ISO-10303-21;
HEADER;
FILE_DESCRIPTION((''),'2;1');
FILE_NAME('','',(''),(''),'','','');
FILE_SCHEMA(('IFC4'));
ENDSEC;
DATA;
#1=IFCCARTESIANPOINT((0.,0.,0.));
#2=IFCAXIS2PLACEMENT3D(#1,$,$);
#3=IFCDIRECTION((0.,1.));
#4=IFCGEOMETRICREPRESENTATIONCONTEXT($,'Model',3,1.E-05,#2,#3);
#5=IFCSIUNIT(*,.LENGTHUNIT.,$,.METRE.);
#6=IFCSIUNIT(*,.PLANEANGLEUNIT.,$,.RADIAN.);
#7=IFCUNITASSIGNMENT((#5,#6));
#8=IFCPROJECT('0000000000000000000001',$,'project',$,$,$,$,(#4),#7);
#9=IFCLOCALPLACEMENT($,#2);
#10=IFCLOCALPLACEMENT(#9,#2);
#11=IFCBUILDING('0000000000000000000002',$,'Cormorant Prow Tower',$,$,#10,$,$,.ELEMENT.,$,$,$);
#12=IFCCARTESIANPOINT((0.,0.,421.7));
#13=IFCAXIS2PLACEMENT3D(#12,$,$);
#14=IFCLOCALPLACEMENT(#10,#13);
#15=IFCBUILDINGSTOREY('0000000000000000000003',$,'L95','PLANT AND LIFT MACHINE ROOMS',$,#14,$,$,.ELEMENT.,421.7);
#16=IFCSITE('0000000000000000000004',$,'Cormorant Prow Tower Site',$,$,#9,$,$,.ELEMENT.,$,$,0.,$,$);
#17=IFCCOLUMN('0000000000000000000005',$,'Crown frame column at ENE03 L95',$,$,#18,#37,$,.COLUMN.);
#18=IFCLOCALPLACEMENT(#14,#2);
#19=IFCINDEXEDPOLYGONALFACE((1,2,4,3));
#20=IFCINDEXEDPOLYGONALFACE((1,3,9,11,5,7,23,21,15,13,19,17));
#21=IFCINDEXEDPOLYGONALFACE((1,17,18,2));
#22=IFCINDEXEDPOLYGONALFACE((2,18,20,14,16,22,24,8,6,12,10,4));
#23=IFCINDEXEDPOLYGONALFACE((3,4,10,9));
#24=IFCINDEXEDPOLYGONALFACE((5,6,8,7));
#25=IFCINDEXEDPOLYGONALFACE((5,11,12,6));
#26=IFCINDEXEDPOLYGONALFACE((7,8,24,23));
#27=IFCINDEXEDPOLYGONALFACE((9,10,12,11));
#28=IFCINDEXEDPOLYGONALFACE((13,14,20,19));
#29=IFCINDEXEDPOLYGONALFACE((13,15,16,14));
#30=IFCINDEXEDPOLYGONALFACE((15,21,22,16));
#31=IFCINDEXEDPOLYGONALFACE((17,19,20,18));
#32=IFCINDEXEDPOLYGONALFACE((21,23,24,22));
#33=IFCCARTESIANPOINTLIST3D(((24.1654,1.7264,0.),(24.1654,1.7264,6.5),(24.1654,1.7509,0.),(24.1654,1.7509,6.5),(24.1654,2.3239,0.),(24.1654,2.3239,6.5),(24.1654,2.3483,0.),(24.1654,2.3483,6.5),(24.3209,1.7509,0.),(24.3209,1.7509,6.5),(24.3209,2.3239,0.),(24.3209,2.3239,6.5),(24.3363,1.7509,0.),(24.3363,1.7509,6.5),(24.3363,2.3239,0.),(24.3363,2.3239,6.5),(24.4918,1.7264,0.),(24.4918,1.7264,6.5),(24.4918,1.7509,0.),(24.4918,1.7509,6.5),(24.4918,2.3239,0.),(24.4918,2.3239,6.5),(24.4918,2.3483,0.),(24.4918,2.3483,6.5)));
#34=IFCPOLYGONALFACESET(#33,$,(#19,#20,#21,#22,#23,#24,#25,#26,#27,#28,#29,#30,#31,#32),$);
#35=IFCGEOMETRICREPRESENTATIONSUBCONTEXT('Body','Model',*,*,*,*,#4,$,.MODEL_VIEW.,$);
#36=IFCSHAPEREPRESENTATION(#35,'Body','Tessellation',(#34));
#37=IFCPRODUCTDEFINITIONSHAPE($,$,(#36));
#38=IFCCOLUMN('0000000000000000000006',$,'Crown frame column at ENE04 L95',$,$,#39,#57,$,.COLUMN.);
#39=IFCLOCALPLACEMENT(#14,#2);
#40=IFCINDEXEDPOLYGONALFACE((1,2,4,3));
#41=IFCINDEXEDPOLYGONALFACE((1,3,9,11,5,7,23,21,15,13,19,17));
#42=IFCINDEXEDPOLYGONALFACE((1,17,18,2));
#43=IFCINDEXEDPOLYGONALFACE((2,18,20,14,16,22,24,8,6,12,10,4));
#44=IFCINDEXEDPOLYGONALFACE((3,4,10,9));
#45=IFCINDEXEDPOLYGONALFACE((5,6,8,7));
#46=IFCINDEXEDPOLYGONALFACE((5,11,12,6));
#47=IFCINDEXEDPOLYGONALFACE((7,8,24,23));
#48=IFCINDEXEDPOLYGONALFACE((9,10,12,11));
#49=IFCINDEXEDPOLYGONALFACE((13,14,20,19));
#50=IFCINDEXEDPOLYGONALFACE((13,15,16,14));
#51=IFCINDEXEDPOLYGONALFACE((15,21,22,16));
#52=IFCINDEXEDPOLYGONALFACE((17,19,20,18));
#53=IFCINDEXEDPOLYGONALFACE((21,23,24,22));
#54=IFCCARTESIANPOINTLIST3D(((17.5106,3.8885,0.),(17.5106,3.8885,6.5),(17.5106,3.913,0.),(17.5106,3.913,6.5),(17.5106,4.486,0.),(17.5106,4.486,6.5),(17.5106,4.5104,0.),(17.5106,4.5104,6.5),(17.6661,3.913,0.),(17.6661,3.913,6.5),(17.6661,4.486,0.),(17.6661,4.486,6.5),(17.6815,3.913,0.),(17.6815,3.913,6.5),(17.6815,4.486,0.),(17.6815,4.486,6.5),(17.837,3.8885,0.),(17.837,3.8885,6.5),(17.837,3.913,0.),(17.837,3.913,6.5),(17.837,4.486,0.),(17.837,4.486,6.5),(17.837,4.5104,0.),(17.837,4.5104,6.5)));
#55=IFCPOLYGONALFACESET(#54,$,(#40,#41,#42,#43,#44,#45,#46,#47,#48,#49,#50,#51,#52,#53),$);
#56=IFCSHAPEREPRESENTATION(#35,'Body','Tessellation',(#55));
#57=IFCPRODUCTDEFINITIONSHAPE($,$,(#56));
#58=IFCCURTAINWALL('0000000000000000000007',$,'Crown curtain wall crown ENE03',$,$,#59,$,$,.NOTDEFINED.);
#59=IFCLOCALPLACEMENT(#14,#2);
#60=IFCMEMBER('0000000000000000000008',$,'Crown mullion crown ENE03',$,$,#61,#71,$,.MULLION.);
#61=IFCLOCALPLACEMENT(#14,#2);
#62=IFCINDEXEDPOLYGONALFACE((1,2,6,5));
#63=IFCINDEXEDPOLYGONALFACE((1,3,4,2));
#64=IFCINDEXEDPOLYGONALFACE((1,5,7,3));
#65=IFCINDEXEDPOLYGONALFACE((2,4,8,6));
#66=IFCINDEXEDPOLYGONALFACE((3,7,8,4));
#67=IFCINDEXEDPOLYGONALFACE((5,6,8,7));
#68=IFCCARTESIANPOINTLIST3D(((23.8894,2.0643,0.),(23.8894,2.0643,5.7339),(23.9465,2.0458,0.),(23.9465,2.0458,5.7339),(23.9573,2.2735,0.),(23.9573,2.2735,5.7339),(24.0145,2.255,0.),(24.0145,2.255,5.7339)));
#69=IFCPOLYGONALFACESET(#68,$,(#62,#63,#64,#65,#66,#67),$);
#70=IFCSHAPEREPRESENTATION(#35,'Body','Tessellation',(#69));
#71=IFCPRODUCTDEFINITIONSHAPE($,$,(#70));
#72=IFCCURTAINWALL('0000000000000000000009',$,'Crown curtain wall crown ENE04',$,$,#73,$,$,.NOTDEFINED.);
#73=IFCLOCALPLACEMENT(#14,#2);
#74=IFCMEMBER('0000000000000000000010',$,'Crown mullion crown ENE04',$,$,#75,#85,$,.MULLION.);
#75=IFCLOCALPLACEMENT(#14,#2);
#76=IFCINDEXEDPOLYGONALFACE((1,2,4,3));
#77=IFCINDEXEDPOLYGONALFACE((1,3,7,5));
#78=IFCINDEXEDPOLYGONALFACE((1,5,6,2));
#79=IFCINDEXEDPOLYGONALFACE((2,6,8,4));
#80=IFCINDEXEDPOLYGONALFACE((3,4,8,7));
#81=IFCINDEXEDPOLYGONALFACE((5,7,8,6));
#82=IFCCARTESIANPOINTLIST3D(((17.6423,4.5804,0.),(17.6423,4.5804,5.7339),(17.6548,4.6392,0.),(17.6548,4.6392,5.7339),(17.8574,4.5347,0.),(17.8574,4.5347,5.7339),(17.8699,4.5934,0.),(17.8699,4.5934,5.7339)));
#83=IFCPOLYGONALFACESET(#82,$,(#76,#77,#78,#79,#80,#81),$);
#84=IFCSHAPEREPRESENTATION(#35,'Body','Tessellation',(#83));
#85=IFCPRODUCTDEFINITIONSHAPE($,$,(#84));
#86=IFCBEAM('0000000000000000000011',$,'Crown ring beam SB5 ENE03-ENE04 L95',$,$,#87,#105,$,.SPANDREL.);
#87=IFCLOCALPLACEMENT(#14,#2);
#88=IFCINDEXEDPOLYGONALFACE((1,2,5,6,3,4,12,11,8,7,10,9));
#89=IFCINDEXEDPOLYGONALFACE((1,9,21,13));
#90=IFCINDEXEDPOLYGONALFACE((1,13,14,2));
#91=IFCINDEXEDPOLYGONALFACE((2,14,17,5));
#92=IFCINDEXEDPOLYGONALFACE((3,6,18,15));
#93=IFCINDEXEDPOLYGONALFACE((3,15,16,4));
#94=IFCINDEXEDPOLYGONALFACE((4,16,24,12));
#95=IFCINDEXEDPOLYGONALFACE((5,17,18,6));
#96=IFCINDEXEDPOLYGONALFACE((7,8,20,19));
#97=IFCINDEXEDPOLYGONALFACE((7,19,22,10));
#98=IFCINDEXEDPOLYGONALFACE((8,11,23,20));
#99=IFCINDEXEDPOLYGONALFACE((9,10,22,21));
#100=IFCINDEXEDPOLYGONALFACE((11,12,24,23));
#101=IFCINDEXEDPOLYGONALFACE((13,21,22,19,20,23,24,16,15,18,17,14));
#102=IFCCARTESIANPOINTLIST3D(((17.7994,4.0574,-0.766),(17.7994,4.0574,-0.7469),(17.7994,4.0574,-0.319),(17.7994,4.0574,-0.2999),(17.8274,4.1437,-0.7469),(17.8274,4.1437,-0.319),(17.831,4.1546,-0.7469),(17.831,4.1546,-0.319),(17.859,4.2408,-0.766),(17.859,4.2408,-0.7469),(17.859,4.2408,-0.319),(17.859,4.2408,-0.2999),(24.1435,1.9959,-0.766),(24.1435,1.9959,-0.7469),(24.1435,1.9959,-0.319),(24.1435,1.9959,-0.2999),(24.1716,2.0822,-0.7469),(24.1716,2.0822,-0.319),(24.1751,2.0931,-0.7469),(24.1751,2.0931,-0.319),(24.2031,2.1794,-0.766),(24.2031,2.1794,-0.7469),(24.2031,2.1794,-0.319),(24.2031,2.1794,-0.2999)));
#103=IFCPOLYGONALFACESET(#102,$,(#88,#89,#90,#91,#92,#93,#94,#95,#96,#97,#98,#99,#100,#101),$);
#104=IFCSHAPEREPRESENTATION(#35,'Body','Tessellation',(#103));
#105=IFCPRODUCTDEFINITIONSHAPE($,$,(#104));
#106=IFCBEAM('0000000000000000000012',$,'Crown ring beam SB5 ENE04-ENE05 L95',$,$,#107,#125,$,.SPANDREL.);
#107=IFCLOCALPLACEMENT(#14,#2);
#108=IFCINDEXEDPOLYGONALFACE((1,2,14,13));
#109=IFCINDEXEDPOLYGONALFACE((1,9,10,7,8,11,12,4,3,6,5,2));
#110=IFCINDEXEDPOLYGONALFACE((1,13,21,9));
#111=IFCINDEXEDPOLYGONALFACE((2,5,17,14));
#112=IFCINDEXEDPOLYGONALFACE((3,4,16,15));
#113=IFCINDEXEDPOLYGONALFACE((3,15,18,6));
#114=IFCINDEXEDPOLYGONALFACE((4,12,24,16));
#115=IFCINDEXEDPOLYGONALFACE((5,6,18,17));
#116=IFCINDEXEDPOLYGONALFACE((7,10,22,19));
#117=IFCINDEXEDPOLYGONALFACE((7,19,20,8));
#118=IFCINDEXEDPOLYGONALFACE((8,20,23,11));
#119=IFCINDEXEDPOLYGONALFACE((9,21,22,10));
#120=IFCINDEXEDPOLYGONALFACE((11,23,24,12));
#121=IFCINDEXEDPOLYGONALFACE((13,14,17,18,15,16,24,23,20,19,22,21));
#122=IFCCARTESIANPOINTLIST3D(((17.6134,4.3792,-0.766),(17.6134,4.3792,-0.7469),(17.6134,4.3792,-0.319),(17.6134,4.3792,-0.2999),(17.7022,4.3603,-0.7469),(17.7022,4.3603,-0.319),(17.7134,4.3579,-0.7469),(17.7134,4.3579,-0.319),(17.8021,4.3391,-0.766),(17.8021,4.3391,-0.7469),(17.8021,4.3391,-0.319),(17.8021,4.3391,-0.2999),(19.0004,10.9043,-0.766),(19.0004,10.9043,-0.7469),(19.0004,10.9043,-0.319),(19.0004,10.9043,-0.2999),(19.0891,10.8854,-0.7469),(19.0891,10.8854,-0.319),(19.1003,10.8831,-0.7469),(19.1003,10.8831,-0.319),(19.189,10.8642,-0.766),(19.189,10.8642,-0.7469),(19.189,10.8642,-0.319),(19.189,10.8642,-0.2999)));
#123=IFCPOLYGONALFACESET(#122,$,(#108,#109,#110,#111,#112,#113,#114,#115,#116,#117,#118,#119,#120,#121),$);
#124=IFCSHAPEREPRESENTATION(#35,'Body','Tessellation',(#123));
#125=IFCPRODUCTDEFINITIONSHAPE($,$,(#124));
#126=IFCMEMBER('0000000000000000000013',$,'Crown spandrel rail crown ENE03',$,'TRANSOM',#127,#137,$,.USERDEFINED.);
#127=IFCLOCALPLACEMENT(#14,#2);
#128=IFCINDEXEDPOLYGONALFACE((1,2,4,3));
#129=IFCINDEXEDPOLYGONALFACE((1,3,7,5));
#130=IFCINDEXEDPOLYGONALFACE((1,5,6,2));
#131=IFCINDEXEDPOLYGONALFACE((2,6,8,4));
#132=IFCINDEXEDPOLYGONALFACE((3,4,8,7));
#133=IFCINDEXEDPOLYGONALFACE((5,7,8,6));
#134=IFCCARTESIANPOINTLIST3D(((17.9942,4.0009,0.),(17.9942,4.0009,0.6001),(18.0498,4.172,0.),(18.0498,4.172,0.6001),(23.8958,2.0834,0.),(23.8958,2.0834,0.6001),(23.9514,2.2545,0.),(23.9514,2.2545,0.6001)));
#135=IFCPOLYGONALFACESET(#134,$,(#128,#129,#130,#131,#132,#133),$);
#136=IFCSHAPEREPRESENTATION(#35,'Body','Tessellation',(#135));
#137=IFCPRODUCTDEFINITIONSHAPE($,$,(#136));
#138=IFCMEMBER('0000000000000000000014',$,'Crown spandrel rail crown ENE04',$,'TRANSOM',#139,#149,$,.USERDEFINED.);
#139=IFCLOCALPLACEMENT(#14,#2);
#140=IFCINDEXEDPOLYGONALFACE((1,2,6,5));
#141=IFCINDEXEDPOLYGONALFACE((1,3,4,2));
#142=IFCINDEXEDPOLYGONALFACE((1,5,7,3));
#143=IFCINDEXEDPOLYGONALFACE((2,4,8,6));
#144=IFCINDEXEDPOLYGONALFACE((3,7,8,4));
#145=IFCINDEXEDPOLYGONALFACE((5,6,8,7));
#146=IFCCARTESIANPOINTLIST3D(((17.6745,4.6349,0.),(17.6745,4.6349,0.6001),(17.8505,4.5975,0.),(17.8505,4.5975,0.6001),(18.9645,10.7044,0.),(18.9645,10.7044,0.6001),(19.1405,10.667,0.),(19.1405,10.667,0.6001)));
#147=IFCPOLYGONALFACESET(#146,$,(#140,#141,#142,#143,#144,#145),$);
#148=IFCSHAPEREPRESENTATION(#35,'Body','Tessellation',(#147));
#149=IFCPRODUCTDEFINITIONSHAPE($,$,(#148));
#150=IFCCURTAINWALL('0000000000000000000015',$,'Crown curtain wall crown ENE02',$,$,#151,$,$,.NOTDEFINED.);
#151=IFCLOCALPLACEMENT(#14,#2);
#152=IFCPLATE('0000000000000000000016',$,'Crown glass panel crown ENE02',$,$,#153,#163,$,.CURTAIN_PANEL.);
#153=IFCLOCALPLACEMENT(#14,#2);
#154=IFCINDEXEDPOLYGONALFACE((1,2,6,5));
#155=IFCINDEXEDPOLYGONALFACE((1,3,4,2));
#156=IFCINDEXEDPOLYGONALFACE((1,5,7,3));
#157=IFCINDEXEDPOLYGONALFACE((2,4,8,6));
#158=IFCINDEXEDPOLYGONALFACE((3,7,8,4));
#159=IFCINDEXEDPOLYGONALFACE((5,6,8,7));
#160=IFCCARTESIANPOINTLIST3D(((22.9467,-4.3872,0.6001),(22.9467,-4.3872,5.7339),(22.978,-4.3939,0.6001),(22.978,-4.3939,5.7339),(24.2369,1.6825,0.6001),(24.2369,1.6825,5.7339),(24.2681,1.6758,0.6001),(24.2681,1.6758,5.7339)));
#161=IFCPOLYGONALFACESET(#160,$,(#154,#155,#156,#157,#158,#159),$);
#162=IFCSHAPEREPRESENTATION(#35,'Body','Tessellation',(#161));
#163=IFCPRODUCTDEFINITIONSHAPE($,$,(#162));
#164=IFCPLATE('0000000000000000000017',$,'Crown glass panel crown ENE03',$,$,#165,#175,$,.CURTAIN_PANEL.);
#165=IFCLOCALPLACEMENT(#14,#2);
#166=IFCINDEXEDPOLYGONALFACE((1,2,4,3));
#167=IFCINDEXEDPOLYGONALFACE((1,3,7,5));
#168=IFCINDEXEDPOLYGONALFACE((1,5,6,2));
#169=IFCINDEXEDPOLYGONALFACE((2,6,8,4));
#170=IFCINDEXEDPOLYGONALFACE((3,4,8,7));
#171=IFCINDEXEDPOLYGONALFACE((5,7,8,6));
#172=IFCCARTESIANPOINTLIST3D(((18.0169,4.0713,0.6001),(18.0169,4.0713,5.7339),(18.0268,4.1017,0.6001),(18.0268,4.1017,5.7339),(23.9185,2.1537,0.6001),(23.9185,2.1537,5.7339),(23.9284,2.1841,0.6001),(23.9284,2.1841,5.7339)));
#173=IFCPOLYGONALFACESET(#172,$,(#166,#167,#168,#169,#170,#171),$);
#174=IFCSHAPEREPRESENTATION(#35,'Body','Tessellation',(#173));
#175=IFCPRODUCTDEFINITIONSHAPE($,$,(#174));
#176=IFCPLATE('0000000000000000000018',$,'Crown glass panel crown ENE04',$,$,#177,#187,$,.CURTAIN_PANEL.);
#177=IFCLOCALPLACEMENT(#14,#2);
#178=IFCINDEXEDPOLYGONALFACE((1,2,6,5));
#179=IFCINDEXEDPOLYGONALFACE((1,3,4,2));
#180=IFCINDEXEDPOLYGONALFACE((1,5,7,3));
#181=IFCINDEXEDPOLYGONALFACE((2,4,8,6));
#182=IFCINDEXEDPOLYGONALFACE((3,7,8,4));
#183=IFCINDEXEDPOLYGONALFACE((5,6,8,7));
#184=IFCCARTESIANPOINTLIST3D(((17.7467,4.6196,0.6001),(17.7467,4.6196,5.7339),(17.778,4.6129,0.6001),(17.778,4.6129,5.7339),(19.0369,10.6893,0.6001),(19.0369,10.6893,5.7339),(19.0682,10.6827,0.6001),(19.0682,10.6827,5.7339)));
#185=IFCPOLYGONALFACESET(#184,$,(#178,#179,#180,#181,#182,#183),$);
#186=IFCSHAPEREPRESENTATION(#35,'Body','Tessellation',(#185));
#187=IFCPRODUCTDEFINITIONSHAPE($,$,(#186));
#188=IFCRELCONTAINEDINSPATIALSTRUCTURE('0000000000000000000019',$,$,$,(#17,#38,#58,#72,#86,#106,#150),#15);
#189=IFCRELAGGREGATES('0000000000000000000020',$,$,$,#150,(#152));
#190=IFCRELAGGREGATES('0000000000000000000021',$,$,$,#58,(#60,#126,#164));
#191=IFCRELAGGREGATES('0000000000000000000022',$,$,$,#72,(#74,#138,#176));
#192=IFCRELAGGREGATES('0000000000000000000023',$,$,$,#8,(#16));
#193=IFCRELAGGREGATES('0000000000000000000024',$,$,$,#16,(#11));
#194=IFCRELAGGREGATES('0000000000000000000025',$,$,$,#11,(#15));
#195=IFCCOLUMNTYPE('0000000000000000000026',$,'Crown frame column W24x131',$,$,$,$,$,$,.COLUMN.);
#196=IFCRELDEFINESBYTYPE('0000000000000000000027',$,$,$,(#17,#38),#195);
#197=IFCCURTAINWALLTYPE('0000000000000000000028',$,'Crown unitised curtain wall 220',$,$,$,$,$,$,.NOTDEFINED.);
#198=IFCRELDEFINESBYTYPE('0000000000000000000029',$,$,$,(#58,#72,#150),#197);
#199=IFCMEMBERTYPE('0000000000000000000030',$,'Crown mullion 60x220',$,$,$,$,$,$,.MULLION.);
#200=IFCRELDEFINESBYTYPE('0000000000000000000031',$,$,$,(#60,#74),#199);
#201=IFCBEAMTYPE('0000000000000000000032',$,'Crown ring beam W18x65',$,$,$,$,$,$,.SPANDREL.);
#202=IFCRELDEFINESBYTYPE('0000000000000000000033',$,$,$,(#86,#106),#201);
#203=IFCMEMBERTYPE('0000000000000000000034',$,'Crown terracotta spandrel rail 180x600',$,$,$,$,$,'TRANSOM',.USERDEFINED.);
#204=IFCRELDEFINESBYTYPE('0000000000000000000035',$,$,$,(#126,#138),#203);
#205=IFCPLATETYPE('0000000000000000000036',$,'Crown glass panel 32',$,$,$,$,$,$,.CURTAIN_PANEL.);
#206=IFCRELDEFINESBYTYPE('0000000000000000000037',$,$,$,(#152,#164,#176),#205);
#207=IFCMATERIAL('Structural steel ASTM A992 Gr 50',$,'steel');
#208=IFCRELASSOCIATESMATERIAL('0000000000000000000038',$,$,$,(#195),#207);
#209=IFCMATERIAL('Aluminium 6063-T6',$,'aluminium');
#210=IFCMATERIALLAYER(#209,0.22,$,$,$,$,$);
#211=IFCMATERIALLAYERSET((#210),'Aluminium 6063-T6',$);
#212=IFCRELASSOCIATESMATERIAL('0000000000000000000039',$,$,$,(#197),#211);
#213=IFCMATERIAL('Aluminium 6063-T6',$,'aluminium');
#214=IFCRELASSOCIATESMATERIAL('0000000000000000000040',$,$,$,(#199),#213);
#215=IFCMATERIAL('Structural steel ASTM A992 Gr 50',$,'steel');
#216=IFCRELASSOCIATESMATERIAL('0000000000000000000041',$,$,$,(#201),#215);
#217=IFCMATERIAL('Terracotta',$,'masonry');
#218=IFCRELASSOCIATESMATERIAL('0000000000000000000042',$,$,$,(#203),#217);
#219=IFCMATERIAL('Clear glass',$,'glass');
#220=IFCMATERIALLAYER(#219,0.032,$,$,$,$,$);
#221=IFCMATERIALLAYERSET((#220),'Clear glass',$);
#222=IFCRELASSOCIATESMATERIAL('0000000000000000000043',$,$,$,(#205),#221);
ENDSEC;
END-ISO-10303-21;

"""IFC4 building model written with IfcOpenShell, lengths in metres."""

from ifc_helpers import new_model, si_unit, direction, frame, origin, origin_2d, place, context, subcontext, project, spatial, rectangle, i_section, extrude, material, layer, layer_set, material_profile, profile_set, type_object, element, aggregate, save


model = new_model("IFC4")

# Units and contexts
model_context = context("Model", 3, precision=1e-05, world=origin(), true_north=direction((0.0, 1.0)))
body_context = subcontext(model_context, "Body", "Model", "MODEL_VIEW")
ifc_project = project(units=[si_unit("LENGTHUNIT", "METRE"), si_unit("PLANEANGLEUNIT", "RADIAN")], contexts=[model_context])

# Site, building, storey
site_placement = place(None, origin())
site = spatial("IfcSite", under=ifc_project, at=site_placement, Name="Cormorant Prow Tower Site", CompositionType="ELEMENT", RefElevation=0.0)
building_placement = place(site_placement, origin())
building = spatial("IfcBuilding", under=site, at=building_placement, Name="Cormorant Prow Tower", CompositionType="ELEMENT")
storey_placement = place(building_placement, frame((0.0, 0.0, 421.7)))
storey = spatial("IfcBuildingStorey", under=building, at=storey_placement, Name="L95", Description="PLANT AND LIFT MACHINE ROOMS", CompositionType="ELEMENT", Elevation=421.7)

# Columns
ifc_material_1 = material(Name="Structural steel ASTM A992 Gr 50", Category="steel")
ifc_material_profile_1 = material_profile(ifc_material_1, i_section(OverallWidth=0.3264, OverallDepth=0.6218, WebThickness=0.0154, FlangeThickness=0.0244, at=origin_2d()), Name="W24x131")
ifc_profile_set_1 = profile_set([ifc_material_profile_1], Name="Structural steel ASTM A992 Gr 50")
column_type = type_object("IfcColumnType", Name="Crown frame column W24x131", PredefinedType="COLUMN", material=ifc_profile_set_1)
for number, where, z_axis, x_axis, name in (
    (1, (24.3286, 2.0374, 0.0), (0.0, 0.0, 1.0), (1.0, 0.0, 0.0), "Crown frame column at ENE03 L95"),
    (2, (17.6738, 4.1995, 0.0), (0.0, 0.0, 1.0), (1.0, 0.0, 0.0), "Crown frame column at ENE04 L95"),
):
    element("IfcColumn", number, at=place(storey_placement, frame(where, z_axis=z_axis, x_axis=x_axis)), inside=storey, type_object=column_type, Name=name, PredefinedType="COLUMN", context=body_context, shape_type="SweptSolid", body=[
        extrude(i_section(OverallWidth=0.3264, OverallDepth=0.6218, WebThickness=0.0154, FlangeThickness=0.0244, at=origin_2d()), origin(), (0.0, 0.0, 1.0), 6.5),
    ])

# Curtain walls, members
ifc_material_2 = material(Name="Aluminium 6063-T6", Category="aluminium")
ifc_layer_1 = layer(ifc_material_2, 0.22)
ifc_layer_set_1 = layer_set([ifc_layer_1], Name="Aluminium 6063-T6")
curtain_wall_type = type_object("IfcCurtainWallType", Name="Crown unitised curtain wall 220", PredefinedType="NOTDEFINED", material=ifc_layer_set_1)
curtain_wall_1_placement = place(storey_placement, origin())
curtain_wall_1 = element("IfcCurtainWall", 3, at=curtain_wall_1_placement, inside=storey, type_object=curtain_wall_type, Name="Crown curtain wall crown ENE03", PredefinedType="NOTDEFINED")
ifc_material_3 = material(Name="Aluminium 6063-T6", Category="aluminium")
ifc_material_profile_2 = material_profile(ifc_material_3, rectangle(XDim=0.22, YDim=0.0601, at=origin_2d()), Name="Crown mullion 60x220")
ifc_profile_set_2 = profile_set([ifc_material_profile_2], Name="Aluminium 6063-T6")
member_type_1 = type_object("IfcMemberType", Name="Crown mullion 60x220", PredefinedType="MULLION", material=ifc_profile_set_2)
member_1_placement = place(storey_placement, frame((23.9519, 2.1597, 0.0), z_axis=(0.0, 0.0, 1.0), x_axis=(-0.309017, -0.951056, 0.0)))
member_1 = element("IfcMember", 4, at=member_1_placement, type_object=member_type_1, Name="Crown mullion crown ENE03", PredefinedType="MULLION", context=body_context, shape_type="SweptSolid", body=[
    extrude(rectangle(XDim=0.22, YDim=0.0601, at=origin_2d()), origin(), (0.0, 0.0, 1.0), 5.7339),
])
curtain_wall_2_placement = place(storey_placement, origin())
curtain_wall_2 = element("IfcCurtainWall", 5, at=curtain_wall_2_placement, inside=storey, type_object=curtain_wall_type, Name="Crown curtain wall crown ENE04", PredefinedType="NOTDEFINED")
member_2_placement = place(storey_placement, frame((17.7561, 4.5869, 0.0), z_axis=(0.0, 0.0, 1.0), x_axis=(-0.978148, 0.207912, 0.0)))
member_2 = element("IfcMember", 6, at=member_2_placement, type_object=member_type_1, Name="Crown mullion crown ENE04", PredefinedType="MULLION", context=body_context, shape_type="SweptSolid", body=[
    extrude(rectangle(XDim=0.22, YDim=0.0601, at=origin_2d()), origin(), (0.0, 0.0, 1.0), 5.7339),
])

# Beams
ifc_material_4 = material(Name="Structural steel ASTM A992 Gr 50", Category="steel")
ifc_material_profile_3 = material_profile(ifc_material_4, i_section(OverallWidth=0.1929, OverallDepth=0.4661, WebThickness=0.0115, FlangeThickness=0.019, at=origin_2d()), Name="W18x65")
ifc_profile_set_3 = profile_set([ifc_material_profile_3], Name="Structural steel ASTM A992 Gr 50")
beam_type = type_object("IfcBeamType", Name="Crown ring beam W18x65", PredefinedType="SPANDREL", material=ifc_profile_set_3)
beam_1_placement = place(storey_placement, frame((24.1733, 2.0876, -0.533), z_axis=(-0.95105, 0.309038, 0.0), x_axis=(-0.309038, -0.95105, 0.0)))
element("IfcBeam", 7, at=beam_1_placement, inside=storey, type_object=beam_type, Name="Crown ring beam SB5 ENE03-ENE04 L95", PredefinedType="SPANDREL", context=body_context, shape_type="SweptSolid", body=[
    extrude(i_section(OverallWidth=0.1929, OverallDepth=0.4661, WebThickness=0.0115, FlangeThickness=0.019, at=origin_2d()), origin(), (0.0, 0.0, 1.0), 6.6707),
])
beam_2_placement = place(storey_placement, frame((17.7078, 4.3591, -0.533), z_axis=(0.207912, 0.978148, 0.0), x_axis=(-0.978148, 0.207912, 0.0)))
element("IfcBeam", 8, at=beam_2_placement, inside=storey, type_object=beam_type, Name="Crown ring beam SB5 ENE04-ENE05 L95", PredefinedType="SPANDREL", context=body_context, shape_type="SweptSolid", body=[
    extrude(i_section(OverallWidth=0.1929, OverallDepth=0.4661, WebThickness=0.0115, FlangeThickness=0.019, at=origin_2d()), origin(), (0.0, 0.0, 1.0), 6.6709),
])

# Members
ifc_material_5 = material(Name="Terracotta", Category="masonry")
ifc_material_profile_4 = material_profile(ifc_material_5, rectangle(XDim=0.1799, YDim=0.6001, at=origin_2d()), Name="Crown terracotta spandrel rail 180x600")
ifc_profile_set_4 = profile_set([ifc_material_profile_4], Name="Terracotta")
member_type_2 = type_object("IfcMemberType", Name="Crown terracotta spandrel rail 180x600", ElementType="TRANSOM", PredefinedType="USERDEFINED", material=ifc_profile_set_4)
member_3_placement = place(storey_placement, frame((23.9236, 2.1689, 0.3), z_axis=(-0.95106, 0.309007, 0.0), x_axis=(-0.309007, -0.95106, 0.0)))
member_3 = element("IfcMember", 9, at=member_3_placement, type_object=member_type_2, Name="Crown spandrel rail crown ENE03", ObjectType="TRANSOM", PredefinedType="USERDEFINED", context=body_context, shape_type="SweptSolid", body=[
    extrude(rectangle(XDim=0.1799, YDim=0.6001, at=origin_2d()), origin(), (0.0, 0.0, 1.0), 6.2053),
])
member_4_placement = place(storey_placement, frame((17.7625, 4.6162, 0.3), z_axis=(0.207898, 0.978151, 0.0), x_axis=(-0.978151, 0.207898, 0.0)))
member_4 = element("IfcMember", 10, at=member_4_placement, type_object=member_type_2, Name="Crown spandrel rail crown ENE04", ObjectType="TRANSOM", PredefinedType="USERDEFINED", context=body_context, shape_type="SweptSolid", body=[
    extrude(rectangle(XDim=0.1799, YDim=0.6001, at=origin_2d()), origin(), (0.0, 0.0, 1.0), 6.2051),
])

# Curtain wall, plate
curtain_wall_3_placement = place(storey_placement, origin())
curtain_wall_3 = element("IfcCurtainWall", 11, at=curtain_wall_3_placement, inside=storey, type_object=curtain_wall_type, Name="Crown curtain wall crown ENE02", PredefinedType="NOTDEFINED")
ifc_material_6 = material(Name="Clear glass", Category="glass")
ifc_layer_2 = layer(ifc_material_6, 0.032)
ifc_layer_set_2 = layer_set([ifc_layer_2], Name="Clear glass")
plate_type = type_object("IfcPlateType", Name="Crown glass panel 32", PredefinedType="CURTAIN_PANEL", material=ifc_layer_set_2)
plate_1_placement = place(storey_placement, frame((23.6074, -1.3557, 0.6001), z_axis=(0.0, 0.0, 1.0), x_axis=(0.207912, 0.978148, 0.0)))
plate_1 = element("IfcPlate", 12, at=plate_1_placement, type_object=plate_type, Name="Crown glass panel crown ENE02", PredefinedType="CURTAIN_PANEL", context=body_context, shape_type="SweptSolid", body=[
    extrude(rectangle(XDim=6.2053, YDim=0.032, at=origin_2d()), origin(), (0.0, 0.0, 1.0), 5.1338),
])
aggregate(curtain_wall_3, [plate_1])

# Plates
plate_2_placement = place(storey_placement, frame((20.9727, 3.1277, 0.6001), z_axis=(0.0, 0.0, 1.0), x_axis=(-0.951056, 0.309017, 0.0)))
plate_2 = element("IfcPlate", 13, at=plate_2_placement, type_object=plate_type, Name="Crown glass panel crown ENE03", PredefinedType="CURTAIN_PANEL", context=body_context, shape_type="SweptSolid", body=[
    extrude(rectangle(XDim=6.2053, YDim=0.032, at=origin_2d()), origin(), (0.0, 0.0, 1.0), 5.1338),
])
aggregate(curtain_wall_1, [member_1, member_3, plate_2])
plate_3_placement = place(storey_placement, frame((18.4075, 7.6511, 0.6001), z_axis=(0.0, 0.0, 1.0), x_axis=(0.207912, 0.978148, 0.0)))
plate_3 = element("IfcPlate", 14, at=plate_3_placement, type_object=plate_type, Name="Crown glass panel crown ENE04", PredefinedType="CURTAIN_PANEL", context=body_context, shape_type="SweptSolid", body=[
    extrude(rectangle(XDim=6.2053, YDim=0.032, at=origin_2d()), origin(), (0.0, 0.0, 1.0), 5.1338),
])
aggregate(curtain_wall_2, [member_2, member_4, plate_3])

save(model, "model.ifc")
